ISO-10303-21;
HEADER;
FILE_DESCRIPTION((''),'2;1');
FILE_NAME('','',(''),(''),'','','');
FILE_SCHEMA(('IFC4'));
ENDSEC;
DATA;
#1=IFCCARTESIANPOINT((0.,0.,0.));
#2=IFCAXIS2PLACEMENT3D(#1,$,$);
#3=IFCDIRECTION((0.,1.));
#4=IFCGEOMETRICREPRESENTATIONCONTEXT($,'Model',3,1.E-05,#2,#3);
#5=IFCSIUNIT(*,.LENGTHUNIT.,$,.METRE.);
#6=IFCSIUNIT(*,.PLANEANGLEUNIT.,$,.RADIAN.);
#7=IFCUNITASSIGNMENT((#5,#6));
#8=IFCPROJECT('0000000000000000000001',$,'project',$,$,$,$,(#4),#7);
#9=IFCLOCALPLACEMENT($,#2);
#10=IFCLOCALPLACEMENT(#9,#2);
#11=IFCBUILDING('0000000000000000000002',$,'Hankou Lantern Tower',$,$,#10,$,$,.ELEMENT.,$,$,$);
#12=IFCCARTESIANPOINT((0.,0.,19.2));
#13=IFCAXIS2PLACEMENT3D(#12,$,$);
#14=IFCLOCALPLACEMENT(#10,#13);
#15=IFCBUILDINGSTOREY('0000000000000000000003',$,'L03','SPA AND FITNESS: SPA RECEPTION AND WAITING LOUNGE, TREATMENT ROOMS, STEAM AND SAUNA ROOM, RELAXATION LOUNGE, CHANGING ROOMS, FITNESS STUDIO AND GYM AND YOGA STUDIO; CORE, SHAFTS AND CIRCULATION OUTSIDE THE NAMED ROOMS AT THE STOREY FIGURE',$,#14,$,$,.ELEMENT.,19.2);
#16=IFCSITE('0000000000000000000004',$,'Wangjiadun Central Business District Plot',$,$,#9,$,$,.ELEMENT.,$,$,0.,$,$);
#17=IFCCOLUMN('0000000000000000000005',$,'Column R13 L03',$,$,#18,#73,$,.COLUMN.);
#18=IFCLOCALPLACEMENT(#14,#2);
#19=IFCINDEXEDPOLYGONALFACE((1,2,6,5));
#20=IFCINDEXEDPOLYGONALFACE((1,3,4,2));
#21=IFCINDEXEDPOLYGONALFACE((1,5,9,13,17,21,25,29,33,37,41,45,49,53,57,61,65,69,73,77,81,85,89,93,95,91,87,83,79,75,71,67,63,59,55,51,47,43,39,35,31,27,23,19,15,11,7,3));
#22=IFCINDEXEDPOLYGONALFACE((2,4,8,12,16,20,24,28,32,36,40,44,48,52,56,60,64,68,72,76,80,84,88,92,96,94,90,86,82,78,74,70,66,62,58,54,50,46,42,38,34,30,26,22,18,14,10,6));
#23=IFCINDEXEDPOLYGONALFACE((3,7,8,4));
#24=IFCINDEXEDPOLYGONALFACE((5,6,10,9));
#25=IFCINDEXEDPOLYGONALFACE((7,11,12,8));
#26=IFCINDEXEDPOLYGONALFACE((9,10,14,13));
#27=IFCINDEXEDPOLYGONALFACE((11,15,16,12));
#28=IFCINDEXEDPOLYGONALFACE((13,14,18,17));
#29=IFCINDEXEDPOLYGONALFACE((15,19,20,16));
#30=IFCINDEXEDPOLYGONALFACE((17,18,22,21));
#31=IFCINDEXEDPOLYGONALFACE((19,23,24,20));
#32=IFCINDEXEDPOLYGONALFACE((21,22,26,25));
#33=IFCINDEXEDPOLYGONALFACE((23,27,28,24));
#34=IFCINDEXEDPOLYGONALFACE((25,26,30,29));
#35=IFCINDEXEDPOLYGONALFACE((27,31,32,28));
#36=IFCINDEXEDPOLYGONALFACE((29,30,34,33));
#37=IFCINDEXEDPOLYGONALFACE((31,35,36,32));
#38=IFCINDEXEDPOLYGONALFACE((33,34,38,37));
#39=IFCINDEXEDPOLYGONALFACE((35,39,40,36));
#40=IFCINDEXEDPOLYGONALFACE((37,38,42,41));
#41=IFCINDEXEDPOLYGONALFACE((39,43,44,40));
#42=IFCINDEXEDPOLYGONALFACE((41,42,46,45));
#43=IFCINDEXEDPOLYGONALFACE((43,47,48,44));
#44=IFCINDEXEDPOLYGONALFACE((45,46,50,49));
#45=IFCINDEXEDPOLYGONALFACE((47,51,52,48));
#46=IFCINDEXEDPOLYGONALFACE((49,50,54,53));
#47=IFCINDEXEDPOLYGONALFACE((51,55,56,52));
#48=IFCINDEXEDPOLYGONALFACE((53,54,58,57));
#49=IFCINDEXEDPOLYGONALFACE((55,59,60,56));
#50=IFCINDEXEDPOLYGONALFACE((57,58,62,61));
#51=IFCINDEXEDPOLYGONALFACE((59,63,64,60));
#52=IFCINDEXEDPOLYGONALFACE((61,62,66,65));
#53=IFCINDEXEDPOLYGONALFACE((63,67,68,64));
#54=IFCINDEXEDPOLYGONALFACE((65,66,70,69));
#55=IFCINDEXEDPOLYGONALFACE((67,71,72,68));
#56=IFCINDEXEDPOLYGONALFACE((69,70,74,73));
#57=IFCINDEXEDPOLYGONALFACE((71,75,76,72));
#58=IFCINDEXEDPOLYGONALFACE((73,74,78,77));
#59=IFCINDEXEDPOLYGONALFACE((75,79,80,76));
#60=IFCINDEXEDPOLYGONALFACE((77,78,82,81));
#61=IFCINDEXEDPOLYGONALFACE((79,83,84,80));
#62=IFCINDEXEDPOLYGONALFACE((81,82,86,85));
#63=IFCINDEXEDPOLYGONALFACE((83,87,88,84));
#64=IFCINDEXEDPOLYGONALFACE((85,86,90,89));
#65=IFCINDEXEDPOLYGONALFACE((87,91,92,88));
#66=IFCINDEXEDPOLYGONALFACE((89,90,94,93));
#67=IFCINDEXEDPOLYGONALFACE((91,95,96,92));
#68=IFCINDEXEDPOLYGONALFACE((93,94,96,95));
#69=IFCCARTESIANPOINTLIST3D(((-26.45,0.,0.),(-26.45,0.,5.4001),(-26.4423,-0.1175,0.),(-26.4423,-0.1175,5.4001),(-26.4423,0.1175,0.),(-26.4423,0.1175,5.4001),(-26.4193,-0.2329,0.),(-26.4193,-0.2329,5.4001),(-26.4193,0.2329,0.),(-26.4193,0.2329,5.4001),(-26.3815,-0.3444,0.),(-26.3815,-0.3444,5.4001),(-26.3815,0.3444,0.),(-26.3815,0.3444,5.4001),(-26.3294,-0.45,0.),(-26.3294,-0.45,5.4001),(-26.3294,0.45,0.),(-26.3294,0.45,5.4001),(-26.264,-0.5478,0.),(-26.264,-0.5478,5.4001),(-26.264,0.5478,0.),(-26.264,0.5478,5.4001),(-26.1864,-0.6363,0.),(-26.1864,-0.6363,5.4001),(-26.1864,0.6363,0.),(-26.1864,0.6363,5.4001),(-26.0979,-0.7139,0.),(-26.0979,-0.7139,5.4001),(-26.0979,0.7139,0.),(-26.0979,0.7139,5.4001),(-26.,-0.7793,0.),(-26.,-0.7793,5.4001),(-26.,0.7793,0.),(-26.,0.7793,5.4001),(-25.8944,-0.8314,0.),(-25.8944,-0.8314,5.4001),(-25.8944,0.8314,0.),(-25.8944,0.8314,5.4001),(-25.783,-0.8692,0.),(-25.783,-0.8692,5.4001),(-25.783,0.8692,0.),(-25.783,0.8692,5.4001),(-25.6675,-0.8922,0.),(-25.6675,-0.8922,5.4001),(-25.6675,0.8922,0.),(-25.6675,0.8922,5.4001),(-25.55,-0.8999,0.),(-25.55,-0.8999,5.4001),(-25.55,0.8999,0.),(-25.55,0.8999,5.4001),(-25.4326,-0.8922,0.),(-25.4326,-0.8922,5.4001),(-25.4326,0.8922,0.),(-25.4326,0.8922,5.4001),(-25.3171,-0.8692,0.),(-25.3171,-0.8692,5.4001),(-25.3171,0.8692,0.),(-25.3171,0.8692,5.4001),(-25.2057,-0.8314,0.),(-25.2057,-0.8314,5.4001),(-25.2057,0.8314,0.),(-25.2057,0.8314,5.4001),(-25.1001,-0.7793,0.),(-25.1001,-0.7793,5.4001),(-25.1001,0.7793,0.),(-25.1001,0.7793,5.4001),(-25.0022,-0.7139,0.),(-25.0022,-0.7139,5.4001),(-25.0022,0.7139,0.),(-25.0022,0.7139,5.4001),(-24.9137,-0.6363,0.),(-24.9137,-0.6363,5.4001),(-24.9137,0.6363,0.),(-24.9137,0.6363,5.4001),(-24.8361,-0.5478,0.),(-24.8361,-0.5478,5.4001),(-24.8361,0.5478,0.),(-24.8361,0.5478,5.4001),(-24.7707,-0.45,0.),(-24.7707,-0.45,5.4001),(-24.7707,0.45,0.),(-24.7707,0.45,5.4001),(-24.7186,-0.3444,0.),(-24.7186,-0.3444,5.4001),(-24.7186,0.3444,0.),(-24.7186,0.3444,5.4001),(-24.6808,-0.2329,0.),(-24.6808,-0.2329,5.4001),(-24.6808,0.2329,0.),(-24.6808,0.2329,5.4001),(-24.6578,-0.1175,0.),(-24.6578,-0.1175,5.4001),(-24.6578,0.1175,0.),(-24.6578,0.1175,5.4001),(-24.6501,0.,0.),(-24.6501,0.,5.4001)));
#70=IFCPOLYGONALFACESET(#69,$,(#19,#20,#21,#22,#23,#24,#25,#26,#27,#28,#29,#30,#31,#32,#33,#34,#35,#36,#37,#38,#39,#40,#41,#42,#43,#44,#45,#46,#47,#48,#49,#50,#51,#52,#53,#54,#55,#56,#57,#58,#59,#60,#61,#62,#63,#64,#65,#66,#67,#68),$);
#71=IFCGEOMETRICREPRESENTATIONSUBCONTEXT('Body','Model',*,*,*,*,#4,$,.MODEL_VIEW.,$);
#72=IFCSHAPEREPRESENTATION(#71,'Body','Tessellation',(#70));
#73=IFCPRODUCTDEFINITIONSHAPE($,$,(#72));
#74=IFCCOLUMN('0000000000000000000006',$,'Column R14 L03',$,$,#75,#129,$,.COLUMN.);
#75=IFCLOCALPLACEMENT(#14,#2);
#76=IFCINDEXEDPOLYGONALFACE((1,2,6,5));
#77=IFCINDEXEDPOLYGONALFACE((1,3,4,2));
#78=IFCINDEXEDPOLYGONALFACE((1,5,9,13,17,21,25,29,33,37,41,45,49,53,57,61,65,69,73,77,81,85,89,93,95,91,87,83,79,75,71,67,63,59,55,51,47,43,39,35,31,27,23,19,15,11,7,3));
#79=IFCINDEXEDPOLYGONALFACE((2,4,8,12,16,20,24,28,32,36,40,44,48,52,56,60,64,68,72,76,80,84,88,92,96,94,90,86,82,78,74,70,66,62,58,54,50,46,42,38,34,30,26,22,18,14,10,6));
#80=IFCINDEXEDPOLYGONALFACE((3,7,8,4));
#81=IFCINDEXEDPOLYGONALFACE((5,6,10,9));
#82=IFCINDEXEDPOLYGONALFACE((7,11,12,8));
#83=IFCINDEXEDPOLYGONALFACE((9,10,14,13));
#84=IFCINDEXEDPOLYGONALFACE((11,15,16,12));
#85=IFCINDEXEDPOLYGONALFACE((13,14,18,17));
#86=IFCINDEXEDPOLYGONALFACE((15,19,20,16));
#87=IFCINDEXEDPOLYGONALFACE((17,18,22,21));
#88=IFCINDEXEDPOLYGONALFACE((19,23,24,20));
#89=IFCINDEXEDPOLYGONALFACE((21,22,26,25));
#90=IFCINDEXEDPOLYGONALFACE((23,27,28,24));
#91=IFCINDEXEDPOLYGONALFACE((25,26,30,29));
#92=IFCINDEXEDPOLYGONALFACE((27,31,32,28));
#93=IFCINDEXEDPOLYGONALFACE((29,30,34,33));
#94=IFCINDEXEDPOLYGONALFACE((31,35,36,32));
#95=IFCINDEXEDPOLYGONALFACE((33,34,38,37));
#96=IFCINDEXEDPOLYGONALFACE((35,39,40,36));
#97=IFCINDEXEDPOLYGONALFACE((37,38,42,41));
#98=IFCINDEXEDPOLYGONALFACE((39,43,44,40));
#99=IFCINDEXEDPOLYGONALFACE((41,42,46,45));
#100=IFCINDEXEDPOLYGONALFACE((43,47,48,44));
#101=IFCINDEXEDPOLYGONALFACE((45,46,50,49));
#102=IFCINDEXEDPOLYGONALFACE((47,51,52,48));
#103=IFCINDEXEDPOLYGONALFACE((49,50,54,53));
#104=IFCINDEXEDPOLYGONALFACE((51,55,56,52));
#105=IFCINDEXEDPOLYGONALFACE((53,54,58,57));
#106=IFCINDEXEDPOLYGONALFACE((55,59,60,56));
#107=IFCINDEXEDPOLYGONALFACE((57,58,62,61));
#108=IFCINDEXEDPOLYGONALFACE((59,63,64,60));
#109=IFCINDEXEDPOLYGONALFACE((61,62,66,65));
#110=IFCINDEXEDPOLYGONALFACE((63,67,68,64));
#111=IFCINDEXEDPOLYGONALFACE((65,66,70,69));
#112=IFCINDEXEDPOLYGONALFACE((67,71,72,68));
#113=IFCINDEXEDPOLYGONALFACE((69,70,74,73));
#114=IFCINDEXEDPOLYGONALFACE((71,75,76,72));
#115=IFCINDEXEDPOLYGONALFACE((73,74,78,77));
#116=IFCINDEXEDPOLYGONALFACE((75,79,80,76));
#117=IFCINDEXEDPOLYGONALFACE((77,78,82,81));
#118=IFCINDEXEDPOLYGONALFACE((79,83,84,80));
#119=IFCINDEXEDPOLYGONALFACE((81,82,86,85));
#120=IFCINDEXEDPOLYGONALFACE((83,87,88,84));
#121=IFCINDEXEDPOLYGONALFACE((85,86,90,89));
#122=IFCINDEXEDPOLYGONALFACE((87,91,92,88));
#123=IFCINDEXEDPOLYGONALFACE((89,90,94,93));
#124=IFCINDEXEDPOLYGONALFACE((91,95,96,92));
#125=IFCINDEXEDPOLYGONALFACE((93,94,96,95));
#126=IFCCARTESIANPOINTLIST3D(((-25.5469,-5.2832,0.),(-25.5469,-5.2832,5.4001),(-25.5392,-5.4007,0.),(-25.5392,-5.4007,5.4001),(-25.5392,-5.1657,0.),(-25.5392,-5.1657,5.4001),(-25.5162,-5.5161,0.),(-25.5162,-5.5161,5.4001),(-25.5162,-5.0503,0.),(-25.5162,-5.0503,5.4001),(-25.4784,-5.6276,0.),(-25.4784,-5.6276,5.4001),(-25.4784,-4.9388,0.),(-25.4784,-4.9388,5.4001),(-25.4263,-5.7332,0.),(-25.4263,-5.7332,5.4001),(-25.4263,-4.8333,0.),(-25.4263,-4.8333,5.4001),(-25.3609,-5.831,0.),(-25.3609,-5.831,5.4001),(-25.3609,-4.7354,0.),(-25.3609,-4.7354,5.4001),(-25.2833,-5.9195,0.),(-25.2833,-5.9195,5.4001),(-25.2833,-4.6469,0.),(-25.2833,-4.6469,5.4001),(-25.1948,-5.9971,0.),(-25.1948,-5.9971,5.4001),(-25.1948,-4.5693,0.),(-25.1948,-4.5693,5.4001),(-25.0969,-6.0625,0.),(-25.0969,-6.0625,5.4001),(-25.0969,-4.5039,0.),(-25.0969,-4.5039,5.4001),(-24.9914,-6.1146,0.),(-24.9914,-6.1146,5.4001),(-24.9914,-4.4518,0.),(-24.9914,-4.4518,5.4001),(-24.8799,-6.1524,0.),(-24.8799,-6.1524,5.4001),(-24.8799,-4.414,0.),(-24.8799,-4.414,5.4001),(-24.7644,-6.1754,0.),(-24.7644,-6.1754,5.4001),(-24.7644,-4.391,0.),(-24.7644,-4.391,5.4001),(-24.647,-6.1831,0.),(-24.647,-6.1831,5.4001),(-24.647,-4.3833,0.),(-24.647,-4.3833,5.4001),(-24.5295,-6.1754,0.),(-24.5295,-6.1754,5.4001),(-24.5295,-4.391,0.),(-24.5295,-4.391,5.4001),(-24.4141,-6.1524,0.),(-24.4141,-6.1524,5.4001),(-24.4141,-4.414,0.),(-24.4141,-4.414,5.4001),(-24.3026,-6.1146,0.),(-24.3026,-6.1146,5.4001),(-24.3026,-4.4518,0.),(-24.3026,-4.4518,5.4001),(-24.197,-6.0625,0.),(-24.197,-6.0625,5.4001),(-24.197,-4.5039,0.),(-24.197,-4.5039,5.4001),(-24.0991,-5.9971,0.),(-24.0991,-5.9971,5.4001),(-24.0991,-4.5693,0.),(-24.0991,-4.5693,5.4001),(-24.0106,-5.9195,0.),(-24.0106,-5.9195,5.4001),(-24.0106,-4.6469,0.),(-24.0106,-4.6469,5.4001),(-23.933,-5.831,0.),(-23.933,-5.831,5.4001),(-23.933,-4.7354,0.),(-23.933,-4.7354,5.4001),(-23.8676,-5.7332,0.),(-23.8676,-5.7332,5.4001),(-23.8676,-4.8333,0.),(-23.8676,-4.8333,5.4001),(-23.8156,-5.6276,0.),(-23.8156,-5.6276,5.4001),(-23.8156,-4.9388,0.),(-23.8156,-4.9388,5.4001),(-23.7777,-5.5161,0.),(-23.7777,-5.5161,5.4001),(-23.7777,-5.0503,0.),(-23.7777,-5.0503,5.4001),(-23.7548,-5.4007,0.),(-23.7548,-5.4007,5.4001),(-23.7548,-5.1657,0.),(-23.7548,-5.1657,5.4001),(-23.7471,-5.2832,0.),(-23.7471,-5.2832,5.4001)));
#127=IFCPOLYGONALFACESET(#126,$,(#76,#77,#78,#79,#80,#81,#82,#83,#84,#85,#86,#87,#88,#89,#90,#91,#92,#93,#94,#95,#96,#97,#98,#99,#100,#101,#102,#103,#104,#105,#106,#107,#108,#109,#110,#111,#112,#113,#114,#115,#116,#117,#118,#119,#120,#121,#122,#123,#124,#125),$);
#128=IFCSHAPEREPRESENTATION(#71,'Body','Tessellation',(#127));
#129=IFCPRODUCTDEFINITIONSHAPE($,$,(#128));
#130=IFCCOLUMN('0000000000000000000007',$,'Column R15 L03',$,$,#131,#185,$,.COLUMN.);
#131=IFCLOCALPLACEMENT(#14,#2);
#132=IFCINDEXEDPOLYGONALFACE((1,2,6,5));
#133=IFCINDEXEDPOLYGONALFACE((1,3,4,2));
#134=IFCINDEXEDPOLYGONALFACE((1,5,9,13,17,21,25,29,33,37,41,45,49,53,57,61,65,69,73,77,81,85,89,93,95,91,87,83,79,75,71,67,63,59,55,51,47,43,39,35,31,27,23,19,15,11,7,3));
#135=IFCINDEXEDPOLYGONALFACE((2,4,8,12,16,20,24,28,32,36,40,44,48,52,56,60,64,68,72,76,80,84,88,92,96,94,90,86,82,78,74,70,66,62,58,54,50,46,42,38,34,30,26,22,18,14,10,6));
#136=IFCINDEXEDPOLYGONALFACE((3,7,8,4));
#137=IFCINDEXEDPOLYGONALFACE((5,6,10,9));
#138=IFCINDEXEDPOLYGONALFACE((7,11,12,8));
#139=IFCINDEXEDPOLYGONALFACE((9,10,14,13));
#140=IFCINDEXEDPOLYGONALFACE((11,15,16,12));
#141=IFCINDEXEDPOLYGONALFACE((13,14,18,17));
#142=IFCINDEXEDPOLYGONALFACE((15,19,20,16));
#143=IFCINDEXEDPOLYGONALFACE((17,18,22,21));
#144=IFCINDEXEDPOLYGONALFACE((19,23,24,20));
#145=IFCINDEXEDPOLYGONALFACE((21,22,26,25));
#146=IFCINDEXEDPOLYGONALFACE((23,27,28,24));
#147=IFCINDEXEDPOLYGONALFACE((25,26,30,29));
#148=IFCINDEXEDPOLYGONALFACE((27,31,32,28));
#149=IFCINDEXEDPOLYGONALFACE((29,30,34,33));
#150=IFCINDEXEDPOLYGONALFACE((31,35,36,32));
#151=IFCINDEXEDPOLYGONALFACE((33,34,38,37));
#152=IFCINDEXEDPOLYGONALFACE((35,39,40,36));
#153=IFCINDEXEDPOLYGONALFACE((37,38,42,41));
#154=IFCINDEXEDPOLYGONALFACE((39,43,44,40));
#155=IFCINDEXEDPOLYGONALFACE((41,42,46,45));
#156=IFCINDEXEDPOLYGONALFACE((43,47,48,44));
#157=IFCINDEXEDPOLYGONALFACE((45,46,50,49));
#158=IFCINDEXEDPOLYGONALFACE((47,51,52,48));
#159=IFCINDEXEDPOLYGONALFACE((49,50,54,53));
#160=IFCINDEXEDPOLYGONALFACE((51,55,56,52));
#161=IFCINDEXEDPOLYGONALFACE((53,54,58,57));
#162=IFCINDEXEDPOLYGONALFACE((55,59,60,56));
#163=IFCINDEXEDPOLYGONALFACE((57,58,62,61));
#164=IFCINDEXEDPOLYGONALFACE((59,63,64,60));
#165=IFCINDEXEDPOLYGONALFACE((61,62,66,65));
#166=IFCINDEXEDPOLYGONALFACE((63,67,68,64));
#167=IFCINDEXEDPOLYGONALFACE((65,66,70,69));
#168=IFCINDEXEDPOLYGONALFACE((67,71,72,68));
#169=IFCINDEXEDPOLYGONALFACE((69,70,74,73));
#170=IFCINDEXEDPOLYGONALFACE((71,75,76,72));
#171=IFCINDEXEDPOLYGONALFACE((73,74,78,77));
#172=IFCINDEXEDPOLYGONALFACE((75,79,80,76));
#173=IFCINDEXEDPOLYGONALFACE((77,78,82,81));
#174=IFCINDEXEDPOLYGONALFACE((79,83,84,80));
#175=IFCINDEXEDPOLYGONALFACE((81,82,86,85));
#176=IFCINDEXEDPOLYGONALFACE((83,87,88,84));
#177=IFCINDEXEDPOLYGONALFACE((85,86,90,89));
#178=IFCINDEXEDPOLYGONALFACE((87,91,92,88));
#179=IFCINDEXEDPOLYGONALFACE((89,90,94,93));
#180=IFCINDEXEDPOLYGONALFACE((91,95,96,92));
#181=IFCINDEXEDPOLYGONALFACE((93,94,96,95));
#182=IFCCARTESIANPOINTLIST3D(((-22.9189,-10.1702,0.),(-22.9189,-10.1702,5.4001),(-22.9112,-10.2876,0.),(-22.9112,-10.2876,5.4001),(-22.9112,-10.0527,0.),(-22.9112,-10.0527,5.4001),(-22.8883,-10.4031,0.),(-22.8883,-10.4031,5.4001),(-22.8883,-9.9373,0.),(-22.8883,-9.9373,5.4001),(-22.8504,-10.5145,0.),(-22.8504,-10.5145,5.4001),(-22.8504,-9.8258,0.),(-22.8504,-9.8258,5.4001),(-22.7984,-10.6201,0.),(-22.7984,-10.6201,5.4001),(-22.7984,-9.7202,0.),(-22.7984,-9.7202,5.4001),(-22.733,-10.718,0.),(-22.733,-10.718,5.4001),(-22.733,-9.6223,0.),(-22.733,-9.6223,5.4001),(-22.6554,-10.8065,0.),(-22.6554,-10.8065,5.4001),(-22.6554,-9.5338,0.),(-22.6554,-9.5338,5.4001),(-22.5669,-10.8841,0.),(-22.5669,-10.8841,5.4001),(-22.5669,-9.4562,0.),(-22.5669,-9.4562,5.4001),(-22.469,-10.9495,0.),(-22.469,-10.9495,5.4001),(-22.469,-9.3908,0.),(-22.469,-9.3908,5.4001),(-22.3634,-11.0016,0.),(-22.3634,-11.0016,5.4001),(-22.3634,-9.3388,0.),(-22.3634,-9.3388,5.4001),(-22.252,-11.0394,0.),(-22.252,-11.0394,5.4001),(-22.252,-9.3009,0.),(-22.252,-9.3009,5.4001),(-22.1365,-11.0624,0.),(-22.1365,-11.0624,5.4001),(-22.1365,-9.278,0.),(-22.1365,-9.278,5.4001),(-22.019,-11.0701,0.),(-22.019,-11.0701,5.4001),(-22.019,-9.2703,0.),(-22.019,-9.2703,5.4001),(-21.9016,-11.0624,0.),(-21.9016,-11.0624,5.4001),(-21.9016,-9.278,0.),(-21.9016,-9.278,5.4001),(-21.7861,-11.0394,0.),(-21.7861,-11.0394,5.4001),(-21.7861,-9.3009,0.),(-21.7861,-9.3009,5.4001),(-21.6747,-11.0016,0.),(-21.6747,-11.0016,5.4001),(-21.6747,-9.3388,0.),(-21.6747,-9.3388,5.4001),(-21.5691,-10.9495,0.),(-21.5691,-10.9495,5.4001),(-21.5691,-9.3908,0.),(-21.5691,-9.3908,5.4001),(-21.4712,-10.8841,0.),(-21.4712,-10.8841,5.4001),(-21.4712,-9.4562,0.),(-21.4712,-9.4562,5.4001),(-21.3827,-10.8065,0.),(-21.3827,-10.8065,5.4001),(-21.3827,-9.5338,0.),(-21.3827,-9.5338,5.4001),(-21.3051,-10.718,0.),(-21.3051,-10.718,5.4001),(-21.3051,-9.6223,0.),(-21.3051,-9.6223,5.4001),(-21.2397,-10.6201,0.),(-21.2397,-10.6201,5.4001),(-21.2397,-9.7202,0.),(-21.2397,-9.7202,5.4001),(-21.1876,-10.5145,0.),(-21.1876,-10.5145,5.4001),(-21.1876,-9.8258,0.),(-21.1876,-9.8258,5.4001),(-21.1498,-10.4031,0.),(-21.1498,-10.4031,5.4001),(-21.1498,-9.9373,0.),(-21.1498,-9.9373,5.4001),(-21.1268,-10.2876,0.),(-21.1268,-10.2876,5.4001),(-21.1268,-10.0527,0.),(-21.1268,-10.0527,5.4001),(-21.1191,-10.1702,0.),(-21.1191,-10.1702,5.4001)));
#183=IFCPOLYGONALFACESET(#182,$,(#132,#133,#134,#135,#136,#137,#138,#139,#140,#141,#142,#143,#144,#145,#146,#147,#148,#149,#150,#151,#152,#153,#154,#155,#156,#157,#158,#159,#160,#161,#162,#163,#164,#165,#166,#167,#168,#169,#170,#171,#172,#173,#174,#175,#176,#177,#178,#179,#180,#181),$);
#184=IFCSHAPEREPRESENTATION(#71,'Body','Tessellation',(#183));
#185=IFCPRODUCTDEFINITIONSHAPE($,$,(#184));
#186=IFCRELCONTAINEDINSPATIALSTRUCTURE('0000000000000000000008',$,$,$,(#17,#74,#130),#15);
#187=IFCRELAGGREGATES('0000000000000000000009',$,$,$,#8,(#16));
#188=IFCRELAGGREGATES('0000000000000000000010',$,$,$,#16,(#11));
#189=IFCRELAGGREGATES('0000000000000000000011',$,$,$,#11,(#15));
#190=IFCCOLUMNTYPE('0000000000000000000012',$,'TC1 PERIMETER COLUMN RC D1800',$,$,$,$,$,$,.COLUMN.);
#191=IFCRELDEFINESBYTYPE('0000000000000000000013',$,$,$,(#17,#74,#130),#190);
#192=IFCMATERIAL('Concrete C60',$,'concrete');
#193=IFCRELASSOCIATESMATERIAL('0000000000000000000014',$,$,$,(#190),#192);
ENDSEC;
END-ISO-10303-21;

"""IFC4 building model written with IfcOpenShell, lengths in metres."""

from ifc_helpers import new_model, si_unit, direction, frame, origin, origin_2d, place, context, subcontext, project, spatial, circle, extrude, material, material_profile, profile_set, type_object, element, save


model = new_model("IFC4")

# Units and contexts
model_context = context("Model", 3, precision=1e-05, world=origin(), true_north=direction((0.0, 1.0)))
body_context = subcontext(model_context, "Body", "Model", "MODEL_VIEW")
ifc_project = project(units=[si_unit("LENGTHUNIT", "METRE"), si_unit("PLANEANGLEUNIT", "RADIAN")], contexts=[model_context])

# Site, building, storey
site_placement = place(None, origin())
site = spatial("IfcSite", under=ifc_project, at=site_placement, Name="Wangjiadun Central Business District Plot", CompositionType="ELEMENT", RefElevation=0.0)
building_placement = place(site_placement, origin())
building = spatial("IfcBuilding", under=site, at=building_placement, Name="Hankou Lantern Tower", CompositionType="ELEMENT")
storey_placement = place(building_placement, frame((0.0, 0.0, 19.2)))
storey = spatial("IfcBuildingStorey", under=building, at=storey_placement, Name="L03", Description="SPA AND FITNESS: SPA RECEPTION AND WAITING LOUNGE, TREATMENT ROOMS, STEAM AND SAUNA ROOM, RELAXATION LOUNGE, CHANGING ROOMS, FITNESS STUDIO AND GYM AND YOGA STUDIO; CORE, SHAFTS AND CIRCULATION OUTSIDE THE NAMED ROOMS AT THE STOREY FIGURE", CompositionType="ELEMENT", Elevation=19.2)

# Columns
ifc_material_1 = material(Name="Concrete C60", Category="concrete")
ifc_material_profile_1 = material_profile(ifc_material_1, circle(Radius=0.8999, at=origin_2d()), Name="RC D1800")
ifc_profile_set_1 = profile_set([ifc_material_profile_1], Name="Concrete C60")
column_type = type_object("IfcColumnType", Name="TC1 PERIMETER COLUMN RC D1800", PredefinedType="COLUMN", material=ifc_profile_set_1)
for number, where, z_axis, x_axis, name in (
    (1, (-25.55, 0.0, 0.0), (0.0, 0.0, 1.0), (1.0, 0.0, 0.0), "Column R13 L03"),
    (2, (-24.647, -5.2832, 0.0), (0.0, 0.0, 1.0), (1.0, 0.0, 0.0), "Column R14 L03"),
    (3, (-22.019, -10.1702, 0.0), (0.0, 0.0, 1.0), (1.0, 0.0, 0.0), "Column R15 L03"),
):
    element("IfcColumn", number, at=place(storey_placement, frame(where, z_axis=z_axis, x_axis=x_axis)), inside=storey, type_object=column_type, Name=name, PredefinedType="COLUMN", context=body_context, shape_type="SweptSolid", body=[
        extrude(circle(Radius=0.8999, at=origin_2d()), origin(), (0.0, 0.0, 1.0), 5.4001),
    ])

save(model, "model.ifc")
